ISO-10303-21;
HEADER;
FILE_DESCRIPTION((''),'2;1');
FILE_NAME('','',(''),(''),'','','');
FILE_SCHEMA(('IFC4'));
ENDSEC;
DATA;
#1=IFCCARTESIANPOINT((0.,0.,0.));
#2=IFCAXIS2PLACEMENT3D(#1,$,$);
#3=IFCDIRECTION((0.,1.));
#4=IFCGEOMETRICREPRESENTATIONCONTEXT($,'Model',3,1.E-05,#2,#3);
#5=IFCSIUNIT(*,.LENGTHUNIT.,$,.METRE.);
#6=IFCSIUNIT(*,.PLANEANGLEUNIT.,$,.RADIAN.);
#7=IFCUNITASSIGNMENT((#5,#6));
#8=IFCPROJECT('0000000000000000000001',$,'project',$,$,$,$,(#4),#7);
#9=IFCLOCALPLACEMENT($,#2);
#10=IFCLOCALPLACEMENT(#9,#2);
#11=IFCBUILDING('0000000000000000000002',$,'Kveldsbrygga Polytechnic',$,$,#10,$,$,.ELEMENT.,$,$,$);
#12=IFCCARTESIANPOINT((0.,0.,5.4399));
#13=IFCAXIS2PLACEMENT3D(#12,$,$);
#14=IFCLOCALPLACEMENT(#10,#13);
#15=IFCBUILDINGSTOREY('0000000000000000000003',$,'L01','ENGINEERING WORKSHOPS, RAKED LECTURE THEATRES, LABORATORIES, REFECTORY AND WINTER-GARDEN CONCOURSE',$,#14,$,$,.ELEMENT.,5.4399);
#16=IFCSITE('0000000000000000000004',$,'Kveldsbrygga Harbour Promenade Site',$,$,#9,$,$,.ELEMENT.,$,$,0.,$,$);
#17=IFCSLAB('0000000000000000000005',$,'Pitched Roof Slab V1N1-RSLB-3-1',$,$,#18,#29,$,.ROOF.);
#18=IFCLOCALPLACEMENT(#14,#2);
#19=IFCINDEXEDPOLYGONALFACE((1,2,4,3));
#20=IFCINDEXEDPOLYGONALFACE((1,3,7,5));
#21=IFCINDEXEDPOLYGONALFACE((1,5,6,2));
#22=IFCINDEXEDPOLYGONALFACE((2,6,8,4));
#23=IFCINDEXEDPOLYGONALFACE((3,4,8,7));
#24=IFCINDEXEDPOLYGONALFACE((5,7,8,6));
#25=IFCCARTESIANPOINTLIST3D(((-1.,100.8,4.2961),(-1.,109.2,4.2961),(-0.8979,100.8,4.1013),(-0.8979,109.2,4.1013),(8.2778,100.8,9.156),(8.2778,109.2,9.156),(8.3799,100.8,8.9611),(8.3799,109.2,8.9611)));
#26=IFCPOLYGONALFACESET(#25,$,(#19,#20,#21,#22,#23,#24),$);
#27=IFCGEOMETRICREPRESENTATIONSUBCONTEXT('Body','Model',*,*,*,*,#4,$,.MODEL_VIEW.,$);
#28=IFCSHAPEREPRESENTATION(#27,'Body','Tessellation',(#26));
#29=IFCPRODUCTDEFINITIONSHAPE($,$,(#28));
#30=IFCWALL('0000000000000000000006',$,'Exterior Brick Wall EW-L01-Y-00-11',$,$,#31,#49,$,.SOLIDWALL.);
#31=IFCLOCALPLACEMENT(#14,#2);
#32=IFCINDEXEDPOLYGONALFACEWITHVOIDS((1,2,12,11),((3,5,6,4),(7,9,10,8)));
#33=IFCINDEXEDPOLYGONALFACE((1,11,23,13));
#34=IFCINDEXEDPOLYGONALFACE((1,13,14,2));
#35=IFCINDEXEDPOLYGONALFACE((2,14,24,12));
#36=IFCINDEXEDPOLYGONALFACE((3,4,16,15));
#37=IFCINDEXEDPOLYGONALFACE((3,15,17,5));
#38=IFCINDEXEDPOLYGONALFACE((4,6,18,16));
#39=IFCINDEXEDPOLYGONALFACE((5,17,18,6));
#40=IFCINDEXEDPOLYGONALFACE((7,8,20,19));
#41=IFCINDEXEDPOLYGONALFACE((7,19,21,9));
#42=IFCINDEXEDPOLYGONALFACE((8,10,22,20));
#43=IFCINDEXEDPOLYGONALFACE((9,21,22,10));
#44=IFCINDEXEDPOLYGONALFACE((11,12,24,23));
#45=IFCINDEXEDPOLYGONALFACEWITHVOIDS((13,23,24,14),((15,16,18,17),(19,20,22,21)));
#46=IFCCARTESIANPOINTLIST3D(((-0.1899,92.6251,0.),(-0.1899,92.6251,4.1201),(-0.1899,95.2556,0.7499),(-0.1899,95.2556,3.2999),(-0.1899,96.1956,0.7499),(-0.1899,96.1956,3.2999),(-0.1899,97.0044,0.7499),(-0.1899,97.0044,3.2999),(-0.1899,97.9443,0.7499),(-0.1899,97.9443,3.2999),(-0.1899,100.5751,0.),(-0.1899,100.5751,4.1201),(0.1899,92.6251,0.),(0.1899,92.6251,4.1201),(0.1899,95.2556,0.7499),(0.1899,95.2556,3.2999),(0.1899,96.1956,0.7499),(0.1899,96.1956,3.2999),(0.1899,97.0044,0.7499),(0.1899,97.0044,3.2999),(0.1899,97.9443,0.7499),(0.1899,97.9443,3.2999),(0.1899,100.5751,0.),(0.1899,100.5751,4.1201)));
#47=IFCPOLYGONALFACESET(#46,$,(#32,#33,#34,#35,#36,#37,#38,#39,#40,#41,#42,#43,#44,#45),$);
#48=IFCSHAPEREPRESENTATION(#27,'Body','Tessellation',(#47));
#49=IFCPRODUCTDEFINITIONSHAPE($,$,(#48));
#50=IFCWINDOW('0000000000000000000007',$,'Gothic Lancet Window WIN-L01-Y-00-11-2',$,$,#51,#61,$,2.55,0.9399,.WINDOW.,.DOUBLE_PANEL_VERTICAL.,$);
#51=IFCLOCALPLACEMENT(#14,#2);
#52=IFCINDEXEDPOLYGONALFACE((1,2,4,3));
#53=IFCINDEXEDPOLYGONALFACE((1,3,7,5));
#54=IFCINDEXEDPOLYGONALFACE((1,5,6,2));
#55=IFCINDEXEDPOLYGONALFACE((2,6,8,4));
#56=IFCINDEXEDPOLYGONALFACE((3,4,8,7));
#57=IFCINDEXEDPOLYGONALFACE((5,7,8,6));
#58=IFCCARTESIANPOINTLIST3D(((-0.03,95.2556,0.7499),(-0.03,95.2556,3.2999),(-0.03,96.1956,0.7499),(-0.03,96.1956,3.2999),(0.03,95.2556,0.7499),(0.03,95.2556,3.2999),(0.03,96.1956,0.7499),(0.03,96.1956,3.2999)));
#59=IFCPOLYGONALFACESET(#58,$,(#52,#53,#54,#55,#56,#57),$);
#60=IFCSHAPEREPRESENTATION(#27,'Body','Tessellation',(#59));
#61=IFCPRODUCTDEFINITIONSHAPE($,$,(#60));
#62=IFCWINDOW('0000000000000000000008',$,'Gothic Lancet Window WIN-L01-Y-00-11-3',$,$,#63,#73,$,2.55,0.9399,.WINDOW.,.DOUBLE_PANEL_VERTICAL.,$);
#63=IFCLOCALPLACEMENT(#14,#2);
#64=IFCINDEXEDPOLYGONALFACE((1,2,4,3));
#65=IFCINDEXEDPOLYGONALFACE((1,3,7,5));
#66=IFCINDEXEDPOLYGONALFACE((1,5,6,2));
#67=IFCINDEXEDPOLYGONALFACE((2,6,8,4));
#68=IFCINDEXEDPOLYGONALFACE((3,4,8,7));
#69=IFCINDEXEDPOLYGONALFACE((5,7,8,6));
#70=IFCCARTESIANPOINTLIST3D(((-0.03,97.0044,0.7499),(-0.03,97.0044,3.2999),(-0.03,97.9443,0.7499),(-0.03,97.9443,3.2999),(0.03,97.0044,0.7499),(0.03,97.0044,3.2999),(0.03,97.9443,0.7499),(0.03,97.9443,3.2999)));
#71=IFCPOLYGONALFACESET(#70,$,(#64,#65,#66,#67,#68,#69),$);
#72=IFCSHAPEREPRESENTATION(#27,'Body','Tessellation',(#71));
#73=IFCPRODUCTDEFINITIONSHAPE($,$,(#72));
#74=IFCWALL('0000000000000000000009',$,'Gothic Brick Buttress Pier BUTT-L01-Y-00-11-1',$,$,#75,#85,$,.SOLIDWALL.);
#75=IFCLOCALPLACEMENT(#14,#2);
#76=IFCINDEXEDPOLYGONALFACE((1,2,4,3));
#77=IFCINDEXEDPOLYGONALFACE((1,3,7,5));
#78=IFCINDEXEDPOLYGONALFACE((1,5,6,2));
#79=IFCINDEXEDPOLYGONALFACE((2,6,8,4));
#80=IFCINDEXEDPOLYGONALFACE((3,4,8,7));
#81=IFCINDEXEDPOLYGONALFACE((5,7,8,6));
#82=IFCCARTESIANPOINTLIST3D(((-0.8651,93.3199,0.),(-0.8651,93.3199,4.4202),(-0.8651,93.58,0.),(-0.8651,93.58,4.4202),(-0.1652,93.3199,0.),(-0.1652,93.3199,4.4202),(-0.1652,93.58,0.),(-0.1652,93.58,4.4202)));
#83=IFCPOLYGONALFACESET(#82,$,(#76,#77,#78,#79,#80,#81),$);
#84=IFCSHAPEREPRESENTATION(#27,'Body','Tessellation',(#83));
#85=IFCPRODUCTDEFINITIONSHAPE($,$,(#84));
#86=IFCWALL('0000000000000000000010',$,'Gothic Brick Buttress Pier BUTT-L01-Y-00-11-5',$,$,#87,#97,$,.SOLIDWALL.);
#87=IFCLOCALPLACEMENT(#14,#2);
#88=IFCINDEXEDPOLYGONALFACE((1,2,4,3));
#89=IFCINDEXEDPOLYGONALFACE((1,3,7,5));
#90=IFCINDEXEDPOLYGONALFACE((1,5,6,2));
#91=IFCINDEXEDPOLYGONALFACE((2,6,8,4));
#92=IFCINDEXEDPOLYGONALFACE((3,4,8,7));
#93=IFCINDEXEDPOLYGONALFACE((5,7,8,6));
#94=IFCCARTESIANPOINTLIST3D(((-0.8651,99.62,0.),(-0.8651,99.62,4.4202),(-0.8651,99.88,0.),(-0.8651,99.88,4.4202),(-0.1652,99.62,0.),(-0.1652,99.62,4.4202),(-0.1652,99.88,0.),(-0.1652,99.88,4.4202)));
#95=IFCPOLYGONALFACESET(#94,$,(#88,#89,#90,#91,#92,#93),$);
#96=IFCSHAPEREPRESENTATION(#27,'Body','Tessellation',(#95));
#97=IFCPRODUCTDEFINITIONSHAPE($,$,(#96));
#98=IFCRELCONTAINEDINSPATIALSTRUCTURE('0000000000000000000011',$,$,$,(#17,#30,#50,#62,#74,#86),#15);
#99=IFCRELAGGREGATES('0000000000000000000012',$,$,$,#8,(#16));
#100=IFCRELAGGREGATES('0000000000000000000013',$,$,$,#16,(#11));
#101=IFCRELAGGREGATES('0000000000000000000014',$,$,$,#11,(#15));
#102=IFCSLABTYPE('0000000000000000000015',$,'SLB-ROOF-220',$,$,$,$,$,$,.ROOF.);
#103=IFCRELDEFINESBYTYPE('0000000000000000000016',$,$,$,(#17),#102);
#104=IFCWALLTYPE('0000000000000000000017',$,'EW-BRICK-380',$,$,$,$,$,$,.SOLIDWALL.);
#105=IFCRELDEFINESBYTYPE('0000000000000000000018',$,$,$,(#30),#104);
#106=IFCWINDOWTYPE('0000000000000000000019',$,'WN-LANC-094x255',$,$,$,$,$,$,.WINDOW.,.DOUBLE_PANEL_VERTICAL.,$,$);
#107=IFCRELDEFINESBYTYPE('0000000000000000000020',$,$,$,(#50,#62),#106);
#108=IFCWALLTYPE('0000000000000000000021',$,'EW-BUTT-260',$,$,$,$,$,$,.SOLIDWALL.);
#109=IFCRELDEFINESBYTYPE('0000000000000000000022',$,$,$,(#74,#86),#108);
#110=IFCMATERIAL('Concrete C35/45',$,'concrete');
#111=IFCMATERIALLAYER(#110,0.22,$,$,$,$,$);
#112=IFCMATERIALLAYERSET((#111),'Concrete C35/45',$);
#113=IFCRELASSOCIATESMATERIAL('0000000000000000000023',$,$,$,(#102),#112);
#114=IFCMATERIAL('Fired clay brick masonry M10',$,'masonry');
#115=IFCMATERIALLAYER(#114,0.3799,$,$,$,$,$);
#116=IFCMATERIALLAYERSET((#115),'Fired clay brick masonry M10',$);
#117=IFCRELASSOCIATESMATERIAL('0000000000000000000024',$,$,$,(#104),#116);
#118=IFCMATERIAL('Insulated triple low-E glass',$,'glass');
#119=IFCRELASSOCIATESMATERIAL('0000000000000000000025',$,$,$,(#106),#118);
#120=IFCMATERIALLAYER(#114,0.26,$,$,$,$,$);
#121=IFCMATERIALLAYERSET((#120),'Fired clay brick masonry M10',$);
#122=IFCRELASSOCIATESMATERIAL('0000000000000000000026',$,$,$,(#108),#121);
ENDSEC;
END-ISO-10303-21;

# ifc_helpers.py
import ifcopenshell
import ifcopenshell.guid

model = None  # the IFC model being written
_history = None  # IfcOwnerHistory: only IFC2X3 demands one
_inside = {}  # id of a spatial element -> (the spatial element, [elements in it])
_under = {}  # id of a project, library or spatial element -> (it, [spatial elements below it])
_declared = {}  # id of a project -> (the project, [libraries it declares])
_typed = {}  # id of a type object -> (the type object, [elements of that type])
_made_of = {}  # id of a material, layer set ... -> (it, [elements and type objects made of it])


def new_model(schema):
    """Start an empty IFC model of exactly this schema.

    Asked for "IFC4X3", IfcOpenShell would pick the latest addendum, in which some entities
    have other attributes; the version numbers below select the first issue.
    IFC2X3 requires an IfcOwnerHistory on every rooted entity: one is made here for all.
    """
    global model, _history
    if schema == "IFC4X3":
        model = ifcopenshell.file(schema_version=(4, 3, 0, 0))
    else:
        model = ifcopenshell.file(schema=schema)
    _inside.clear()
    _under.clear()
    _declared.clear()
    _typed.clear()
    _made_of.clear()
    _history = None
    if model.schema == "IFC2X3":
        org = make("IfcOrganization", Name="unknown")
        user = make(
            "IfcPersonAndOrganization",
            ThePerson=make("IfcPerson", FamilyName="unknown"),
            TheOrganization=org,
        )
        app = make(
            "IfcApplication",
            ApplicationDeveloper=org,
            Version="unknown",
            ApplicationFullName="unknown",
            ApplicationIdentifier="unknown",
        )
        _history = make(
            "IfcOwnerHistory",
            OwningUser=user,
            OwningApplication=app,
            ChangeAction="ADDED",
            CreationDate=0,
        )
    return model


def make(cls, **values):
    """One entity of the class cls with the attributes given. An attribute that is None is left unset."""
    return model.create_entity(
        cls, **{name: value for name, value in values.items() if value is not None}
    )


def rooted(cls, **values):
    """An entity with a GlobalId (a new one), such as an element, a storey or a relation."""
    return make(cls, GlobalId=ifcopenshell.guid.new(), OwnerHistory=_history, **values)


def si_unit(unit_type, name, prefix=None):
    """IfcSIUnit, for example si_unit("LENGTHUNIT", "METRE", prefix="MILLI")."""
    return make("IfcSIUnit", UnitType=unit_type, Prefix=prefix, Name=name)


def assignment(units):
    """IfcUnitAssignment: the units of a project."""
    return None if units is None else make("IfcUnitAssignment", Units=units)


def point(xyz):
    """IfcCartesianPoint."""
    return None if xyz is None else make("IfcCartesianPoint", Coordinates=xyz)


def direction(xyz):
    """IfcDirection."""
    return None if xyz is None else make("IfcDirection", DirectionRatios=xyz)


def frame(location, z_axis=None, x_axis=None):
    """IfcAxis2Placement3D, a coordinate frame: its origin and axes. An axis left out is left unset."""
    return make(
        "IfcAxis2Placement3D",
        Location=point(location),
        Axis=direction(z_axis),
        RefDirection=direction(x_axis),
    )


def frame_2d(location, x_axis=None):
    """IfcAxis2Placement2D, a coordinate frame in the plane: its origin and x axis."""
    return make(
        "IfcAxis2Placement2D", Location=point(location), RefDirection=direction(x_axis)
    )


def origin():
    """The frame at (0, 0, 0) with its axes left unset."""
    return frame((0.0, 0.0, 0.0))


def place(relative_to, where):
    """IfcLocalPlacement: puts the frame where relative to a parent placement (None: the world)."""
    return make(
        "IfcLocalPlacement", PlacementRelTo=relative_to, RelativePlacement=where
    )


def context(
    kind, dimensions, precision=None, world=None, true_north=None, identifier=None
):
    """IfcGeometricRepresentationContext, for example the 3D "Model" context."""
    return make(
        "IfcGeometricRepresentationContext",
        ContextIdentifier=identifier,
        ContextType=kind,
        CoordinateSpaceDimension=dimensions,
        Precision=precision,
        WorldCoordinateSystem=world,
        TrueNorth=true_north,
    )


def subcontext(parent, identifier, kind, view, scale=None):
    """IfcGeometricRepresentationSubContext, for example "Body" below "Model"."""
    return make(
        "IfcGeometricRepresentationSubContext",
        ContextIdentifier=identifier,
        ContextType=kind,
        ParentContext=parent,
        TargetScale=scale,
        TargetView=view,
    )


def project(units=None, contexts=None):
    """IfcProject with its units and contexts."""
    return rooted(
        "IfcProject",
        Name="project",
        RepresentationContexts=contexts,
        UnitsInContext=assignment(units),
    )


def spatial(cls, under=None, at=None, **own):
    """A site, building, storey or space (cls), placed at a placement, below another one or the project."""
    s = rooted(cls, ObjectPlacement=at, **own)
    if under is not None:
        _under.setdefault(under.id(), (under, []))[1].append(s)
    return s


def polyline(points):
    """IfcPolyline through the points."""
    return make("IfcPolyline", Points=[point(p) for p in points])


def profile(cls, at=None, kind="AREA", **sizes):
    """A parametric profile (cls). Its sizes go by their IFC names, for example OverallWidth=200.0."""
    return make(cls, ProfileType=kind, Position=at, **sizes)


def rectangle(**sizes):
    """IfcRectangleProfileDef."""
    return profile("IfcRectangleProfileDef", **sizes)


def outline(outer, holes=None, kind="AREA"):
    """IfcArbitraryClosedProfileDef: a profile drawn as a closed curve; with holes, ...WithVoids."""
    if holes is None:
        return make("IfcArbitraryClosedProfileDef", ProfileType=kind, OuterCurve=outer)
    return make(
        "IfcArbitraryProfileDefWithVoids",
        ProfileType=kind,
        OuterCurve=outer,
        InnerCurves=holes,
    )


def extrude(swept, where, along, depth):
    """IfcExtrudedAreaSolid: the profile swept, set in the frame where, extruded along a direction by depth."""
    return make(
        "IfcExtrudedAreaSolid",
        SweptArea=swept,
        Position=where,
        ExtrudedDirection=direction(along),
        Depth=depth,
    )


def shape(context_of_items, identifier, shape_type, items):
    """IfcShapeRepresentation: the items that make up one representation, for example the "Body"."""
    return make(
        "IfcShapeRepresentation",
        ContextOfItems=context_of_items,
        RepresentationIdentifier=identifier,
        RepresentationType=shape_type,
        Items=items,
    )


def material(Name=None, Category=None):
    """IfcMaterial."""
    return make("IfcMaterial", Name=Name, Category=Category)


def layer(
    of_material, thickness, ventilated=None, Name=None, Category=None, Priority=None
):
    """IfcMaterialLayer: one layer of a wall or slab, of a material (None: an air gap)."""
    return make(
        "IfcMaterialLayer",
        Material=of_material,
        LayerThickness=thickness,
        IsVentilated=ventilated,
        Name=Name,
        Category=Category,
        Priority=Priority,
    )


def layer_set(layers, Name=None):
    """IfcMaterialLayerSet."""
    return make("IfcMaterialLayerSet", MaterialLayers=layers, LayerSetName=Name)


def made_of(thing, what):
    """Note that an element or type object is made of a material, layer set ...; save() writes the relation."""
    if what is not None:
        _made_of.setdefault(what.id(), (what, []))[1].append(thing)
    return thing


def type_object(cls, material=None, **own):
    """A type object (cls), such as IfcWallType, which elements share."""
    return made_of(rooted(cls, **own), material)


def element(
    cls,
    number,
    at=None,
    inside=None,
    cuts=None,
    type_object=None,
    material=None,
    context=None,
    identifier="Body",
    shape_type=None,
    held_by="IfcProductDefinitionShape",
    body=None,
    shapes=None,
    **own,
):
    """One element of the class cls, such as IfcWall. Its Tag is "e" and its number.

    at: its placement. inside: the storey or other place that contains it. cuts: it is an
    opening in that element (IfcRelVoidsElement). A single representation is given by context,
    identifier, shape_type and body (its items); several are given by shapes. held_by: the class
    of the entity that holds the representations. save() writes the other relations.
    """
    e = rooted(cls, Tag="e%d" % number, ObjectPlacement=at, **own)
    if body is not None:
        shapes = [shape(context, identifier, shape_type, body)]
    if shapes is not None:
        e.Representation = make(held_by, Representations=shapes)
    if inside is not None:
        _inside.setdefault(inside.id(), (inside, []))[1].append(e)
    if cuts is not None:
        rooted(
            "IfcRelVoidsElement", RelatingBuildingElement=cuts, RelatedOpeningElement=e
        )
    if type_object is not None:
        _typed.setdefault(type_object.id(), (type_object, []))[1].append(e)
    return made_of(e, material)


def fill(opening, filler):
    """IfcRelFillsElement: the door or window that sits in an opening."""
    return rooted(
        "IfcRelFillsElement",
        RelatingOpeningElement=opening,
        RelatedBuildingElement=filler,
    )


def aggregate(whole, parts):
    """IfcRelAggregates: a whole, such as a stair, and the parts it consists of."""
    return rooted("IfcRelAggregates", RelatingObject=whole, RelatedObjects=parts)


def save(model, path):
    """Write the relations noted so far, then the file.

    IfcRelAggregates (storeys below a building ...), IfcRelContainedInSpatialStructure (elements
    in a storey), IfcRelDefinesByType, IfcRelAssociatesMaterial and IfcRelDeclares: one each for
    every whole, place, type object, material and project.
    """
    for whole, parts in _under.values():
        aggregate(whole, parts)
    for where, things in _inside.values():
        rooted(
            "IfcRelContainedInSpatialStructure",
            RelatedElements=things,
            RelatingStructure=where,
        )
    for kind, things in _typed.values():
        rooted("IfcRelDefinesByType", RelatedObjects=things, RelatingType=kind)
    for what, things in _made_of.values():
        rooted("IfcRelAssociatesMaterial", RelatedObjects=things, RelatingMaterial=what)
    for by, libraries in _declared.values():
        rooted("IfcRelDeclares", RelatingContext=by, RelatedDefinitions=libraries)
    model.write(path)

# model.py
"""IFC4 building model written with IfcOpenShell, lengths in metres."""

from ifc_helpers import new_model, si_unit, direction, frame, frame_2d, origin, place, context, subcontext, project, spatial, polyline, rectangle, outline, extrude, material, layer, layer_set, type_object, element, fill, save


model = new_model("IFC4")

# Units and contexts
model_context = context("Model", 3, precision=1e-05, world=origin(), true_north=direction((0.0, 1.0)))
body_context = subcontext(model_context, "Body", "Model", "MODEL_VIEW")
ifc_project = project(units=[si_unit("LENGTHUNIT", "METRE"), si_unit("PLANEANGLEUNIT", "RADIAN")], contexts=[model_context])

# Site, building, storey
site_placement = place(None, origin())
site = spatial("IfcSite", under=ifc_project, at=site_placement, Name="Kveldsbrygga Harbour Promenade Site", CompositionType="ELEMENT", RefElevation=0.0)
building_placement = place(site_placement, origin())
building = spatial("IfcBuilding", under=site, at=building_placement, Name="Kveldsbrygga Polytechnic", CompositionType="ELEMENT")
storey_placement = place(building_placement, frame((0.0, 0.0, 5.4399)))
storey = spatial("IfcBuildingStorey", under=building, at=storey_placement, Name="L01", Description="ENGINEERING WORKSHOPS, RAKED LECTURE THEATRES, LABORATORIES, REFECTORY AND WINTER-GARDEN CONCOURSE", CompositionType="ELEMENT", Elevation=5.4399)

# Slab
ifc_material_1 = material(Name="Concrete C35/45", Category="concrete")
ifc_layer_1 = layer(ifc_material_1, 0.22)
ifc_layer_set_1 = layer_set([ifc_layer_1], Name="Concrete C35/45")
slab_type = type_object("IfcSlabType", Name="SLB-ROOF-220", PredefinedType="ROOF", material=ifc_layer_set_1)
slab_placement = place(storey_placement, frame((-1.0, 100.8, 4.2961), z_axis=(-0.46401, 0.0, 0.88583), x_axis=(0.88583, 0.0, 0.46401)))
element("IfcSlab", 1, at=slab_placement, inside=storey, type_object=slab_type, Name="Pitched Roof Slab V1N1-RSLB-3-1", PredefinedType="ROOF", context=body_context, shape_type="SweptSolid", body=[
    extrude(outline(polyline([(0.0, 0.0), (10.4736, 0.0), (10.4736, 8.3999), (0.0, 8.3999), (0.0, 0.0)])), origin(), (0.0, 0.0, -1.0), 0.22),
])

# Wall, openings, windows
ifc_material_2 = material(Name="Fired clay brick masonry M10", Category="masonry")
ifc_layer_2 = layer(ifc_material_2, 0.3799)
ifc_layer_set_2 = layer_set([ifc_layer_2], Name="Fired clay brick masonry M10")
wall_type_1 = type_object("IfcWallType", Name="EW-BRICK-380", PredefinedType="SOLIDWALL", material=ifc_layer_set_2)
wall_placement = place(storey_placement, frame((0.0, 92.625, 0.0), z_axis=(0.0, 0.0, 1.0), x_axis=(0.0, 1.0, 0.0)))
wall = element("IfcWall", 2, at=wall_placement, inside=storey, type_object=wall_type_1, Name="Exterior Brick Wall EW-L01-Y-00-11", PredefinedType="SOLIDWALL", context=body_context, shape_type="SweptSolid", body=[
    extrude(rectangle(XDim=7.95, YDim=0.3799, at=frame_2d((3.9751, 0.0))), origin(), (0.0, 0.0, 1.0), 4.1201),
])
opening_1_placement = place(wall_placement, frame((2.6306, 0.0, 0.75)))
opening_1 = element("IfcOpeningElement", 3, at=opening_1_placement, cuts=wall, PredefinedType="OPENING", context=body_context, shape_type="SweptSolid", body=[
    extrude(rectangle(XDim=0.9399, YDim=2.55, at=frame_2d((0.47, 1.2749))), frame((0.0, 0.2, 0.0), z_axis=(0.0, -1.0, 0.0), x_axis=(1.0, 0.0, 0.0)), (0.0, 0.0, 1.0), 0.3999),
])
opening_2_placement = place(wall_placement, frame((4.3794, 0.0, 0.75)))
opening_2 = element("IfcOpeningElement", 4, at=opening_2_placement, cuts=wall, PredefinedType="OPENING", context=body_context, shape_type="SweptSolid", body=[
    extrude(rectangle(XDim=0.9399, YDim=2.55, at=frame_2d((0.47, 1.2749))), frame((0.0, 0.2, 0.0), z_axis=(0.0, -1.0, 0.0), x_axis=(1.0, 0.0, 0.0)), (0.0, 0.0, 1.0), 0.3999),
])
ifc_material_3 = material(Name="Insulated triple low-E glass", Category="glass")
window_type = type_object("IfcWindowType", Name="WN-LANC-094x255", PartitioningType="DOUBLE_PANEL_VERTICAL", PredefinedType="WINDOW", material=ifc_material_3)
window_1_placement = place(opening_1_placement, origin())
window_1 = element("IfcWindow", 5, at=window_1_placement, inside=storey, type_object=window_type, Name="Gothic Lancet Window WIN-L01-Y-00-11-2", OverallHeight=2.55, OverallWidth=0.9399, PartitioningType="DOUBLE_PANEL_VERTICAL", PredefinedType="WINDOW", context=body_context, shape_type="SweptSolid", body=[
    extrude(rectangle(XDim=0.9399, YDim=2.55, at=frame_2d((0.47, 1.2749))), frame((0.0, 0.03, 0.0), z_axis=(0.0, -1.0, 0.0), x_axis=(1.0, 0.0, 0.0)), (0.0, 0.0, 1.0), 0.0601),
])
fill(opening_1, window_1)
window_2_placement = place(opening_2_placement, origin())
window_2 = element("IfcWindow", 6, at=window_2_placement, inside=storey, type_object=window_type, Name="Gothic Lancet Window WIN-L01-Y-00-11-3", OverallHeight=2.55, OverallWidth=0.9399, PartitioningType="DOUBLE_PANEL_VERTICAL", PredefinedType="WINDOW", context=body_context, shape_type="SweptSolid", body=[
    extrude(rectangle(XDim=0.9399, YDim=2.55, at=frame_2d((0.47, 1.2749))), frame((0.0, 0.03, 0.0), z_axis=(0.0, -1.0, 0.0), x_axis=(1.0, 0.0, 0.0)), (0.0, 0.0, 1.0), 0.0601),
])
fill(opening_2, window_2)

# Walls
ifc_layer_3 = layer(ifc_material_2, 0.26)
ifc_layer_set_3 = layer_set([ifc_layer_3], Name="Fired clay brick masonry M10")
wall_type_2 = type_object("IfcWallType", Name="EW-BUTT-260", PredefinedType="SOLIDWALL", material=ifc_layer_set_3)
for number, where, z_axis, x_axis, name in (
    (7, (-0.165, 93.45, 0.0), (0.0, 0.0, 1.0), (-1.0, 0.0, 0.0), "Gothic Brick Buttress Pier BUTT-L01-Y-00-11-1"),
    (8, (-0.165, 99.75, 0.0), (0.0, 0.0, 1.0), (-1.0, 0.0, 0.0), "Gothic Brick Buttress Pier BUTT-L01-Y-00-11-5"),
):
    element("IfcWall", number, at=place(storey_placement, frame(where, z_axis=z_axis, x_axis=x_axis)), inside=storey, type_object=wall_type_2, Name=name, PredefinedType="SOLIDWALL", context=body_context, shape_type="SweptSolid", body=[
        extrude(rectangle(XDim=0.7, YDim=0.26, at=frame_2d((0.3501, 0.0))), origin(), (0.0, 0.0, 1.0), 4.4202),
    ])

save(model, "model.ifc")
